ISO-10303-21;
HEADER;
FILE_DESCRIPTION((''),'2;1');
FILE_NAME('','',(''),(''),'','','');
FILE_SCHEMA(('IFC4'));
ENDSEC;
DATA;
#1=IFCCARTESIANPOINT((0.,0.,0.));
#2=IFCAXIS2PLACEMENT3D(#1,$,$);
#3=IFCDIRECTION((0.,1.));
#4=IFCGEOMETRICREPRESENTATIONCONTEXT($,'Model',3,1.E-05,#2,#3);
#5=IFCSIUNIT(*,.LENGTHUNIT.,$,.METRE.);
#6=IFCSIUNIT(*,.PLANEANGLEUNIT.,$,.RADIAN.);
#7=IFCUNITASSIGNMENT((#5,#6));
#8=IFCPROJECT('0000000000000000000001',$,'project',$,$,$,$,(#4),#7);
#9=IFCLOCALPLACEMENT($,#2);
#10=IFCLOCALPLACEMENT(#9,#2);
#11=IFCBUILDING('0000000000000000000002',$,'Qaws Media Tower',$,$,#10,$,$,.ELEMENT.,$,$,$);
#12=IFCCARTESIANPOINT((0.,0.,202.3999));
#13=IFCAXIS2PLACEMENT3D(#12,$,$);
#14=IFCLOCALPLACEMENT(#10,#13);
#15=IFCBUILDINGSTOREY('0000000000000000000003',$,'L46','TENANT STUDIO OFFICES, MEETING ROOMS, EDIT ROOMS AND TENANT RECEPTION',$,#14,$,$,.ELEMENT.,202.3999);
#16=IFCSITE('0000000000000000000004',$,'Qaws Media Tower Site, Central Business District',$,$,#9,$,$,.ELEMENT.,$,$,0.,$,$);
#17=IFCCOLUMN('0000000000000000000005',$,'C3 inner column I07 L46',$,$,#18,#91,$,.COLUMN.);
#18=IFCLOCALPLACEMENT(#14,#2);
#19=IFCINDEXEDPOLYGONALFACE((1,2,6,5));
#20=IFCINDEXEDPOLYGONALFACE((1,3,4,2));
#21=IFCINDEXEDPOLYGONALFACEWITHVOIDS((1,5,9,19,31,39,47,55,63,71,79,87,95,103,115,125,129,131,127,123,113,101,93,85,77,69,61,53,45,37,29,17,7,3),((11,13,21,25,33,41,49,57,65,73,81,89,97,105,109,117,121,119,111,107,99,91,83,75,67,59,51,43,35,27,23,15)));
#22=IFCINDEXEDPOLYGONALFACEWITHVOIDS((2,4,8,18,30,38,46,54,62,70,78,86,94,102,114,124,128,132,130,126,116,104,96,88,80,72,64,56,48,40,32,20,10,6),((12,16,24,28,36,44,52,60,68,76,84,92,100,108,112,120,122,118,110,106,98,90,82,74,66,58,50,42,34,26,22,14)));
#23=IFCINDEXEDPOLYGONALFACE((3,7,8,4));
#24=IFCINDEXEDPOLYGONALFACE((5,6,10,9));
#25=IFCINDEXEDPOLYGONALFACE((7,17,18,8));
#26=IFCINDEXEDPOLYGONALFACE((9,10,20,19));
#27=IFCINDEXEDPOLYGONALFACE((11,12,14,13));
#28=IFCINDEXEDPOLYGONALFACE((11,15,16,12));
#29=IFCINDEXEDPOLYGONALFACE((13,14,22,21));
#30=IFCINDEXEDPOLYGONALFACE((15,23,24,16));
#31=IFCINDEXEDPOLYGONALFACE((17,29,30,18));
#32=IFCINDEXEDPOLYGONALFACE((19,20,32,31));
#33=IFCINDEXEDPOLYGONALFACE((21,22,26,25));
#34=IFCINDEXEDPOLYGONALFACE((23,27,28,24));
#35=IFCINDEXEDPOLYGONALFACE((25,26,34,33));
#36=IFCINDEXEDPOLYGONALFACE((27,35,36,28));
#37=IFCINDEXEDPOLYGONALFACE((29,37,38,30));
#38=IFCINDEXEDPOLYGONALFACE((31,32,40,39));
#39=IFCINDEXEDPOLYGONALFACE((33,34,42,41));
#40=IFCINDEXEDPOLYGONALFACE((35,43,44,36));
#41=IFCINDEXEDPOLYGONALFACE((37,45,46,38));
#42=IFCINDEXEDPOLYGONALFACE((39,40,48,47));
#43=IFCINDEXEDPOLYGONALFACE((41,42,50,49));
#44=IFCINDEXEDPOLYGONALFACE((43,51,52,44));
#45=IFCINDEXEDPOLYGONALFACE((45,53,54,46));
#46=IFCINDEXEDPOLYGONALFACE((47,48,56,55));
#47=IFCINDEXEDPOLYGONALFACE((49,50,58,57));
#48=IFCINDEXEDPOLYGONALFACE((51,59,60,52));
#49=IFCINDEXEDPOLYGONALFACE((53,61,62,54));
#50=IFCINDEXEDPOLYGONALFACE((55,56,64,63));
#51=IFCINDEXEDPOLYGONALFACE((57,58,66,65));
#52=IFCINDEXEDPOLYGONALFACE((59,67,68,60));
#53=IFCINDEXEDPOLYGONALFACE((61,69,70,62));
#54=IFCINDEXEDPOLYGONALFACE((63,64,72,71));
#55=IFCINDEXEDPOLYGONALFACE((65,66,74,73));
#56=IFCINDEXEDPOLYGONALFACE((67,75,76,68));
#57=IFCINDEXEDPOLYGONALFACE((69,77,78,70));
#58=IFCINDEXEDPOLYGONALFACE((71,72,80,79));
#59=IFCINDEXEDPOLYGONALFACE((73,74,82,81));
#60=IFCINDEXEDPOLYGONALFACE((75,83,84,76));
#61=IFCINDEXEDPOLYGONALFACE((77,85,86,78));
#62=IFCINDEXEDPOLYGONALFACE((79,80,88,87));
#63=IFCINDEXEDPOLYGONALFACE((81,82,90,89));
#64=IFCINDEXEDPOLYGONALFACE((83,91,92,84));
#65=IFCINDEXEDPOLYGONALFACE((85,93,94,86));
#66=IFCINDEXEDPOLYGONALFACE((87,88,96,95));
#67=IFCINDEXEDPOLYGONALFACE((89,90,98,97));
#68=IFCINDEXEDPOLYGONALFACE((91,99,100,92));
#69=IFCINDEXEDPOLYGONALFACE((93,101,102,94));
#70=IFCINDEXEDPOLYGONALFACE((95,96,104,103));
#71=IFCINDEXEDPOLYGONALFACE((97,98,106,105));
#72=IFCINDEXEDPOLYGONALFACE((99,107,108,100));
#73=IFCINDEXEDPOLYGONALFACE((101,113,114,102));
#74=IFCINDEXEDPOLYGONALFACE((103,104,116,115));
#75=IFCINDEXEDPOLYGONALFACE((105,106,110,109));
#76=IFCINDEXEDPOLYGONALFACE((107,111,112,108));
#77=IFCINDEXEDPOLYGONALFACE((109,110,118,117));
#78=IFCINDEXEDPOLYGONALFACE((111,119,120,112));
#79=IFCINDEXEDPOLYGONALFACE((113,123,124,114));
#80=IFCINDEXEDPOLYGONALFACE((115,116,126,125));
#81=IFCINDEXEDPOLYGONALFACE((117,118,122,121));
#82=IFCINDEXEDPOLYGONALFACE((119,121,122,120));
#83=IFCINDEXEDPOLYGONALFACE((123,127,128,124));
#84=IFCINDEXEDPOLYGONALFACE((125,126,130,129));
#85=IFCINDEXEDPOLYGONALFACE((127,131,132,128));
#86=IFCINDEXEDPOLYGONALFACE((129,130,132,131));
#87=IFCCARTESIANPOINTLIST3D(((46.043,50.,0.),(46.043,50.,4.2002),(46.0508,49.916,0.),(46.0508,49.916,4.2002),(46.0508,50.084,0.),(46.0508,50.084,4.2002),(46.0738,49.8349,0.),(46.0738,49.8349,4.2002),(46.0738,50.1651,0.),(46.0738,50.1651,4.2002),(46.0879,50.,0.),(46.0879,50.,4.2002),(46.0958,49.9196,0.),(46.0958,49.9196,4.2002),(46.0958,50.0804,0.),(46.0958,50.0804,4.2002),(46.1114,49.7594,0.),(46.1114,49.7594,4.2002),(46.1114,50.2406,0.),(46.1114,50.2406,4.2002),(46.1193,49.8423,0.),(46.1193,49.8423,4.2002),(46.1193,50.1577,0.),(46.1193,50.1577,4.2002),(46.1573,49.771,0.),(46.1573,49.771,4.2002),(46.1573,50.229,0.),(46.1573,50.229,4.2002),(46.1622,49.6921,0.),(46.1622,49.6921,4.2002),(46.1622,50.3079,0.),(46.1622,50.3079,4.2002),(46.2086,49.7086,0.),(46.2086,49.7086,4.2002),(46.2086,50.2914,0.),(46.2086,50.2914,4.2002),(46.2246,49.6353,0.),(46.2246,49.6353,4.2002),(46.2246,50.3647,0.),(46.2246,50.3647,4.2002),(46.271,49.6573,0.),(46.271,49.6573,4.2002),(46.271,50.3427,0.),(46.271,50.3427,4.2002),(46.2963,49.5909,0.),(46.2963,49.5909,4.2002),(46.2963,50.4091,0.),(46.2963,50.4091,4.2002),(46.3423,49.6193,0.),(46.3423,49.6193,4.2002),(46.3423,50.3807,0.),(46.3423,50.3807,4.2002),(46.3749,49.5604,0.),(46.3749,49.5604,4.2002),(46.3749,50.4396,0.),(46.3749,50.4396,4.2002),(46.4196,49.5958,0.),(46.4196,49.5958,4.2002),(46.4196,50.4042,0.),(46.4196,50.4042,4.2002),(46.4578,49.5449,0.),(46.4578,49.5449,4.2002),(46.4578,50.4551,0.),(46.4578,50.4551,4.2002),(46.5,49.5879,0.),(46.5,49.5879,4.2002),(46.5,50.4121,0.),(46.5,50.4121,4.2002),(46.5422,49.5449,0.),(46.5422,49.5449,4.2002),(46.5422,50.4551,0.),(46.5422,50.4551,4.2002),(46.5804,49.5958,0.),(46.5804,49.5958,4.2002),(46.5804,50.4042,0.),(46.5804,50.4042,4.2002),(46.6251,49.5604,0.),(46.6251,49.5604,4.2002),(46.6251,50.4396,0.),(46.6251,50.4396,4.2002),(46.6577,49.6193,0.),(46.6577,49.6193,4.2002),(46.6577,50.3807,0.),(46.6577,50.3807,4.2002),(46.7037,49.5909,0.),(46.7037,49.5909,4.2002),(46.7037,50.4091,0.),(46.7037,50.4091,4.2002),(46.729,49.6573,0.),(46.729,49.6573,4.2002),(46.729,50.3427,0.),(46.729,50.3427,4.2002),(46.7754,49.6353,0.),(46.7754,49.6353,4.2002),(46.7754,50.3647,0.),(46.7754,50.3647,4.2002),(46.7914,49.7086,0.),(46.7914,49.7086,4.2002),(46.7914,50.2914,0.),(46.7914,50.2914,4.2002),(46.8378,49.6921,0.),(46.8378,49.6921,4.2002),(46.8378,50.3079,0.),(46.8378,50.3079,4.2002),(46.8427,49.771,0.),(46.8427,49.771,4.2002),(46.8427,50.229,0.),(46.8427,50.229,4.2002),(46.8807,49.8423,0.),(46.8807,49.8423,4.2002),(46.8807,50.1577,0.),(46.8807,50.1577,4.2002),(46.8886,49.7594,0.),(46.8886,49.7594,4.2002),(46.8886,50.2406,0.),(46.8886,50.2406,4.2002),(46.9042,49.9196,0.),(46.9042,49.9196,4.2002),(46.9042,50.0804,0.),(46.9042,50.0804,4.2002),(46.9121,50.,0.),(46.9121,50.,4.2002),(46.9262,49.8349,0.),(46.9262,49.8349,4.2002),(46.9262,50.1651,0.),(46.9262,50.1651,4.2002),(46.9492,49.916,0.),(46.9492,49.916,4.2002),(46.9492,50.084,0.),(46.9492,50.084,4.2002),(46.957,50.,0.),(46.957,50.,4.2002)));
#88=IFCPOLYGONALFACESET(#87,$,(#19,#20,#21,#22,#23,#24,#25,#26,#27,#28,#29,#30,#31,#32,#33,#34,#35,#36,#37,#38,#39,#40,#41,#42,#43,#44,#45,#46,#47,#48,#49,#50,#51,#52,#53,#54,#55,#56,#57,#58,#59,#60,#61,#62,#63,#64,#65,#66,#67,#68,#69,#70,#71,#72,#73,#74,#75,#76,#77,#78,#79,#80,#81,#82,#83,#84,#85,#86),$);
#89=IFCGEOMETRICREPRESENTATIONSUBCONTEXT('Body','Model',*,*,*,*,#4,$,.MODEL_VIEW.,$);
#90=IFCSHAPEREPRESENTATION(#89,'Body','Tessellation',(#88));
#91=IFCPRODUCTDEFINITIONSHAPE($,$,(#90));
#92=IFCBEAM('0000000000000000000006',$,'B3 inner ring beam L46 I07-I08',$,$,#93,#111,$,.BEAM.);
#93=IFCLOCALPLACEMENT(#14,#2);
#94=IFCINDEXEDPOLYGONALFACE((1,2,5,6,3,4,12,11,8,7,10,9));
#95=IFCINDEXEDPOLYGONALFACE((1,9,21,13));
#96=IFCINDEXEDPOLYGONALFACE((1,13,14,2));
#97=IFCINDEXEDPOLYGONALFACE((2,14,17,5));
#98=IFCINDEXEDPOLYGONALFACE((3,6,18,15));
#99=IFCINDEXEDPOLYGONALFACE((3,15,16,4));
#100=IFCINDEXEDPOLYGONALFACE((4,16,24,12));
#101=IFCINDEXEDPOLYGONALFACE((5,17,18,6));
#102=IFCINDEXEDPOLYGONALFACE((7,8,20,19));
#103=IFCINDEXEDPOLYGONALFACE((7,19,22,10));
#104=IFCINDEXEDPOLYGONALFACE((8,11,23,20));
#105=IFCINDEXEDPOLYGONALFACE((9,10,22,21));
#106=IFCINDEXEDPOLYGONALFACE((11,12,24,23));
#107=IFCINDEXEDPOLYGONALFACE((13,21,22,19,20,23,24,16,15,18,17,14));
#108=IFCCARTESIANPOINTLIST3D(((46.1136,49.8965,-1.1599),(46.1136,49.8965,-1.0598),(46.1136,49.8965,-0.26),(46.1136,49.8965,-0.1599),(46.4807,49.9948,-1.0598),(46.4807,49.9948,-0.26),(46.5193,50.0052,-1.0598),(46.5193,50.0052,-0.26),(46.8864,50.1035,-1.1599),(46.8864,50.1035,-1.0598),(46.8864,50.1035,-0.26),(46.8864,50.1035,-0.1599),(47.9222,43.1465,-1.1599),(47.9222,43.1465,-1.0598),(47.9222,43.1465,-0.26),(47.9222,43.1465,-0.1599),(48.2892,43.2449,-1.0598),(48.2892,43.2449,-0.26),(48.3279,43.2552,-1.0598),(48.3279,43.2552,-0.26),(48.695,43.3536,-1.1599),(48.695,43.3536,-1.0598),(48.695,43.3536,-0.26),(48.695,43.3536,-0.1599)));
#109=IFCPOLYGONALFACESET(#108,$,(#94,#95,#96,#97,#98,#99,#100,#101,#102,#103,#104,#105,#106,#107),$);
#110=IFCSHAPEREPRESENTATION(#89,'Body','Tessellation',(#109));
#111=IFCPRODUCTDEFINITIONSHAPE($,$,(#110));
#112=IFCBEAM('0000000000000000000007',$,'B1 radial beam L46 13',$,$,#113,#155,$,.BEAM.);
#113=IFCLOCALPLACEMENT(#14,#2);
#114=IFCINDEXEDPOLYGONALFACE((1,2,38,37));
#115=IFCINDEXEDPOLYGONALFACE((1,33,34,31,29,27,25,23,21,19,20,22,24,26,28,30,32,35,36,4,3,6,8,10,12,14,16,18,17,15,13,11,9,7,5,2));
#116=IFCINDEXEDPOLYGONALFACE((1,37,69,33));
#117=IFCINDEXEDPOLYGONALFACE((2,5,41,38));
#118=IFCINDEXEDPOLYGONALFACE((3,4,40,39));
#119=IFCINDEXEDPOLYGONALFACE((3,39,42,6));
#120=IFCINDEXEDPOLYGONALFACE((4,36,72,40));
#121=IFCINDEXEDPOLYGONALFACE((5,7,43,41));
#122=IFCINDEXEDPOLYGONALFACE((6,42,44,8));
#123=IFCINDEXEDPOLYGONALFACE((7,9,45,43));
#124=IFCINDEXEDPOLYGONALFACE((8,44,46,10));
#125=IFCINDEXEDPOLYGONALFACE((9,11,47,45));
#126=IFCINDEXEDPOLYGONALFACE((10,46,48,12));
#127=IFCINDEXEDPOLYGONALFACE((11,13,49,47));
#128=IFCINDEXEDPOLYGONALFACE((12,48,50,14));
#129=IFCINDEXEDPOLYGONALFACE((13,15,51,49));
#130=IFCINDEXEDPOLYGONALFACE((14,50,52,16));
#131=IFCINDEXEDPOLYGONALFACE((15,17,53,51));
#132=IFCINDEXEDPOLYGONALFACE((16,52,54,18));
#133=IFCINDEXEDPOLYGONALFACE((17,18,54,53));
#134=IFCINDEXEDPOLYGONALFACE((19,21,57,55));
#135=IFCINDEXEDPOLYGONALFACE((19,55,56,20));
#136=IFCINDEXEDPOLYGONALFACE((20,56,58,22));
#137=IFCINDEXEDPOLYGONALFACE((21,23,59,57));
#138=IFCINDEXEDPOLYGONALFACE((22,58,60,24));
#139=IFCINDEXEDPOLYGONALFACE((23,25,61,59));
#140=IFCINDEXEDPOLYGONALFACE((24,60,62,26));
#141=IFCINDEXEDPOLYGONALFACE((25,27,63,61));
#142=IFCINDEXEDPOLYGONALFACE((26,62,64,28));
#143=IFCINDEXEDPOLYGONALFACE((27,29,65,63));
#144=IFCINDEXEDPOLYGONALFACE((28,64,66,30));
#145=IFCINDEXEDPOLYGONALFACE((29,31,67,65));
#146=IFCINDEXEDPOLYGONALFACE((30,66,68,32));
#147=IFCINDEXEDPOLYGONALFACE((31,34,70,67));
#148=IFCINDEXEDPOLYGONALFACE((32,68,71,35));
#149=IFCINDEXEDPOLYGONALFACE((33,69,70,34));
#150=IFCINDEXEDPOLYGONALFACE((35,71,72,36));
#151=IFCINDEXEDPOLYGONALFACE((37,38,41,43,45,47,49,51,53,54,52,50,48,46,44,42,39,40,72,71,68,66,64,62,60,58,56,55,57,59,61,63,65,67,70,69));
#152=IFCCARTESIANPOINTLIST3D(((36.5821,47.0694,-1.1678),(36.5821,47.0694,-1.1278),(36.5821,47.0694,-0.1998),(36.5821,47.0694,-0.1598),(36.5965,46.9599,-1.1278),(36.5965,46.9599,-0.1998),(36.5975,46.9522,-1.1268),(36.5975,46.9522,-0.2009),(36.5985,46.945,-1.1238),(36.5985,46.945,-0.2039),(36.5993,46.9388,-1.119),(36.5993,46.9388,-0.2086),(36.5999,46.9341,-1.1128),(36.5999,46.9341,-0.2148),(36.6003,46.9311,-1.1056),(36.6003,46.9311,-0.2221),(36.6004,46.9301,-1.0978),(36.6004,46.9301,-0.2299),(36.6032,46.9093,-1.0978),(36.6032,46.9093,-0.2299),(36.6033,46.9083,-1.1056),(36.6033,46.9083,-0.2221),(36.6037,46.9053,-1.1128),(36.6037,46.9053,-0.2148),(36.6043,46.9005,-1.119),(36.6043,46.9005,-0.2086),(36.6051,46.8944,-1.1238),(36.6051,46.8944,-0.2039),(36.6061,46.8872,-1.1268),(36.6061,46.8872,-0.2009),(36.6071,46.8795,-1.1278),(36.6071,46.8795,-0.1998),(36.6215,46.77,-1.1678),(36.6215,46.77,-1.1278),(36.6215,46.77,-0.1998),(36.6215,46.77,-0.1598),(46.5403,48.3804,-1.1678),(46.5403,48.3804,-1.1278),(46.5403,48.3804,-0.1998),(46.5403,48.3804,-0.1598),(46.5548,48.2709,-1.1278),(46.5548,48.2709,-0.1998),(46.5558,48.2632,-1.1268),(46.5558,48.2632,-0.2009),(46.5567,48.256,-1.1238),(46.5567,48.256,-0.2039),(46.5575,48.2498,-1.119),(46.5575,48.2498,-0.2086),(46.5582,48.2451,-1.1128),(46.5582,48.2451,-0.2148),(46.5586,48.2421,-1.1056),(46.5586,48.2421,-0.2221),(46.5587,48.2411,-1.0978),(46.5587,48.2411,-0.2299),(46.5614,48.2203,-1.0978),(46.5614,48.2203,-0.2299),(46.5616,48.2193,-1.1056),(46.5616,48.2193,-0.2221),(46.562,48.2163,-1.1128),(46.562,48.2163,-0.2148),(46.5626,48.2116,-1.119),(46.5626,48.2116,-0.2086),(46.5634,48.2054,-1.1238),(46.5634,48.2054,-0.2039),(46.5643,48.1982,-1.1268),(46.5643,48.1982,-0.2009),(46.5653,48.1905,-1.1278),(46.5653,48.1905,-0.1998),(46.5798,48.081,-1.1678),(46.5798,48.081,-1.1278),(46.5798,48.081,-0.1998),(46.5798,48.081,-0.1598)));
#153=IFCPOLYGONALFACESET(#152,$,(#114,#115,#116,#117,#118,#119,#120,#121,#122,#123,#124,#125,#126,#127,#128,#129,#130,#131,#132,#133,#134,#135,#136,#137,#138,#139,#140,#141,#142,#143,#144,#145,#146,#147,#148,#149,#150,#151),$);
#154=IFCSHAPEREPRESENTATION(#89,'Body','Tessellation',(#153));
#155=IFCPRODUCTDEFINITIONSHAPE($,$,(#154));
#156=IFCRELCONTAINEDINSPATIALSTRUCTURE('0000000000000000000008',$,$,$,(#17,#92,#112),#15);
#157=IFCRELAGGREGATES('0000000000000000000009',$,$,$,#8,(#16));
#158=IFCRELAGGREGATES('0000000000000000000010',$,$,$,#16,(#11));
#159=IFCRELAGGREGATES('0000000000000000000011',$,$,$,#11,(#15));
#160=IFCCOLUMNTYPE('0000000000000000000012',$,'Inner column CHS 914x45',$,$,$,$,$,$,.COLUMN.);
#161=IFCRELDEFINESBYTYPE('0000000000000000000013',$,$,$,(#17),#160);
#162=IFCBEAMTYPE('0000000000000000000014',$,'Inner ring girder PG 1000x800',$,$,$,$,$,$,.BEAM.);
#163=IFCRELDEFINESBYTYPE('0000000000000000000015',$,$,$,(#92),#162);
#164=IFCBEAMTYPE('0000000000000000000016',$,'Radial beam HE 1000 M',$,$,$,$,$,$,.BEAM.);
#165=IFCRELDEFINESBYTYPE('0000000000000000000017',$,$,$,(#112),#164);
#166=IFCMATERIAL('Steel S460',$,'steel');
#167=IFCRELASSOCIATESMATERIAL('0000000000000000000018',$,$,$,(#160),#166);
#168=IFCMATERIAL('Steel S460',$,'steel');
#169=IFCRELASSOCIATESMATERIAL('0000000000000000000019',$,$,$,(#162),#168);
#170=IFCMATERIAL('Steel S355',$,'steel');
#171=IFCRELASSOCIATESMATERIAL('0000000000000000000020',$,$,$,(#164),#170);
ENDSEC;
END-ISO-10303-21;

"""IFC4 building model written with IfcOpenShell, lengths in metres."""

from ifc_helpers import new_model, si_unit, direction, frame, origin, origin_2d, place, context, subcontext, project, spatial, hollow_circle, i_section, extrude, material, material_profile, profile_set, type_object, element, save


model = new_model("IFC4")

# Units and contexts
model_context = context("Model", 3, precision=1e-05, world=origin(), true_north=direction((0.0, 1.0)))
body_context = subcontext(model_context, "Body", "Model", "MODEL_VIEW")
ifc_project = project(units=[si_unit("LENGTHUNIT", "METRE"), si_unit("PLANEANGLEUNIT", "RADIAN")], contexts=[model_context])

# Site, building, storey
site_placement = place(None, origin())
site = spatial("IfcSite", under=ifc_project, at=site_placement, Name="Qaws Media Tower Site, Central Business District", CompositionType="ELEMENT", RefElevation=0.0)
building_placement = place(site_placement, origin())
building = spatial("IfcBuilding", under=site, at=building_placement, Name="Qaws Media Tower", CompositionType="ELEMENT")
storey_placement = place(building_placement, frame((0.0, 0.0, 202.3999)))
storey = spatial("IfcBuildingStorey", under=building, at=storey_placement, Name="L46", Description="TENANT STUDIO OFFICES, MEETING ROOMS, EDIT ROOMS AND TENANT RECEPTION", CompositionType="ELEMENT", Elevation=202.3999)

# Column
ifc_material_1 = material(Name="Steel S460", Category="steel")
ifc_material_profile_1 = material_profile(ifc_material_1, hollow_circle(Radius=0.457, WallThickness=0.0449, at=origin_2d()), Name="CHS 914x45")
ifc_profile_set_1 = profile_set([ifc_material_profile_1], Name="Steel S460")
column_type = type_object("IfcColumnType", Name="Inner column CHS 914x45", PredefinedType="COLUMN", material=ifc_profile_set_1)
column_placement = place(storey_placement, frame((46.5, 50.0, 0.0), z_axis=(0.0, 0.0, 1.0), x_axis=(1.0, 0.0, 0.0)))
element("IfcColumn", 1, at=column_placement, inside=storey, type_object=column_type, Name="C3 inner column I07 L46", PredefinedType="COLUMN", context=body_context, shape_type="SweptSolid", body=[
    extrude(hollow_circle(Radius=0.457, WallThickness=0.0449, at=origin_2d()), origin(), (0.0, 0.0, 1.0), 4.2002),
])

# Beams
ifc_material_2 = material(Name="Steel S460", Category="steel")
ifc_material_profile_2 = material_profile(ifc_material_2, i_section(OverallWidth=0.8, OverallDepth=1.0, WebThickness=0.04, FlangeThickness=0.1001, at=origin_2d()), Name="PG 1000x800")
ifc_profile_set_2 = profile_set([ifc_material_profile_2], Name="Steel S460")
beam_type_1 = type_object("IfcBeamType", Name="Inner ring girder PG 1000x800", PredefinedType="BEAM", material=ifc_profile_set_2)
beam_1_placement = place(storey_placement, frame((46.5, 50.0, -0.6599), z_axis=(0.258811, -0.965928, 0.0), x_axis=(0.965928, 0.258811, 0.0)))
element("IfcBeam", 2, at=beam_1_placement, inside=storey, type_object=beam_type_1, Name="B3 inner ring beam L46 I07-I08", PredefinedType="BEAM", context=body_context, shape_type="SweptSolid", body=[
    extrude(i_section(OverallWidth=0.8, OverallDepth=1.0, WebThickness=0.04, FlangeThickness=0.1001, at=origin_2d()), origin(), (0.0, 0.0, 1.0), 6.988),
])
ifc_material_3 = material(Name="Steel S355", Category="steel")
ifc_material_profile_3 = material_profile(ifc_material_3, i_section(OverallWidth=0.302, OverallDepth=1.0081, WebThickness=0.021, FlangeThickness=0.04, FilletRadius=0.03, at=origin_2d()), Name="HE 1000 M")
ifc_profile_set_3 = profile_set([ifc_material_profile_3], Name="Steel S355")
beam_type_2 = type_object("IfcBeamType", Name="Radial beam HE 1000 M", PredefinedType="BEAM", material=ifc_profile_set_3)
beam_2_placement = place(storey_placement, frame((46.5601, 48.2307, -0.6638), z_axis=(-0.991445, -0.130527, 0.0), x_axis=(0.130527, -0.991445, 0.0)))
element("IfcBeam", 3, at=beam_2_placement, inside=storey, type_object=beam_type_2, Name="B1 radial beam L46 13", PredefinedType="BEAM", context=body_context, shape_type="SweptSolid", body=[
    extrude(i_section(OverallWidth=0.302, OverallDepth=1.0081, WebThickness=0.021, FlangeThickness=0.04, FilletRadius=0.03, at=origin_2d()), origin(), (0.0, 0.0, 1.0), 10.0442),
])

save(model, "model.ifc")
